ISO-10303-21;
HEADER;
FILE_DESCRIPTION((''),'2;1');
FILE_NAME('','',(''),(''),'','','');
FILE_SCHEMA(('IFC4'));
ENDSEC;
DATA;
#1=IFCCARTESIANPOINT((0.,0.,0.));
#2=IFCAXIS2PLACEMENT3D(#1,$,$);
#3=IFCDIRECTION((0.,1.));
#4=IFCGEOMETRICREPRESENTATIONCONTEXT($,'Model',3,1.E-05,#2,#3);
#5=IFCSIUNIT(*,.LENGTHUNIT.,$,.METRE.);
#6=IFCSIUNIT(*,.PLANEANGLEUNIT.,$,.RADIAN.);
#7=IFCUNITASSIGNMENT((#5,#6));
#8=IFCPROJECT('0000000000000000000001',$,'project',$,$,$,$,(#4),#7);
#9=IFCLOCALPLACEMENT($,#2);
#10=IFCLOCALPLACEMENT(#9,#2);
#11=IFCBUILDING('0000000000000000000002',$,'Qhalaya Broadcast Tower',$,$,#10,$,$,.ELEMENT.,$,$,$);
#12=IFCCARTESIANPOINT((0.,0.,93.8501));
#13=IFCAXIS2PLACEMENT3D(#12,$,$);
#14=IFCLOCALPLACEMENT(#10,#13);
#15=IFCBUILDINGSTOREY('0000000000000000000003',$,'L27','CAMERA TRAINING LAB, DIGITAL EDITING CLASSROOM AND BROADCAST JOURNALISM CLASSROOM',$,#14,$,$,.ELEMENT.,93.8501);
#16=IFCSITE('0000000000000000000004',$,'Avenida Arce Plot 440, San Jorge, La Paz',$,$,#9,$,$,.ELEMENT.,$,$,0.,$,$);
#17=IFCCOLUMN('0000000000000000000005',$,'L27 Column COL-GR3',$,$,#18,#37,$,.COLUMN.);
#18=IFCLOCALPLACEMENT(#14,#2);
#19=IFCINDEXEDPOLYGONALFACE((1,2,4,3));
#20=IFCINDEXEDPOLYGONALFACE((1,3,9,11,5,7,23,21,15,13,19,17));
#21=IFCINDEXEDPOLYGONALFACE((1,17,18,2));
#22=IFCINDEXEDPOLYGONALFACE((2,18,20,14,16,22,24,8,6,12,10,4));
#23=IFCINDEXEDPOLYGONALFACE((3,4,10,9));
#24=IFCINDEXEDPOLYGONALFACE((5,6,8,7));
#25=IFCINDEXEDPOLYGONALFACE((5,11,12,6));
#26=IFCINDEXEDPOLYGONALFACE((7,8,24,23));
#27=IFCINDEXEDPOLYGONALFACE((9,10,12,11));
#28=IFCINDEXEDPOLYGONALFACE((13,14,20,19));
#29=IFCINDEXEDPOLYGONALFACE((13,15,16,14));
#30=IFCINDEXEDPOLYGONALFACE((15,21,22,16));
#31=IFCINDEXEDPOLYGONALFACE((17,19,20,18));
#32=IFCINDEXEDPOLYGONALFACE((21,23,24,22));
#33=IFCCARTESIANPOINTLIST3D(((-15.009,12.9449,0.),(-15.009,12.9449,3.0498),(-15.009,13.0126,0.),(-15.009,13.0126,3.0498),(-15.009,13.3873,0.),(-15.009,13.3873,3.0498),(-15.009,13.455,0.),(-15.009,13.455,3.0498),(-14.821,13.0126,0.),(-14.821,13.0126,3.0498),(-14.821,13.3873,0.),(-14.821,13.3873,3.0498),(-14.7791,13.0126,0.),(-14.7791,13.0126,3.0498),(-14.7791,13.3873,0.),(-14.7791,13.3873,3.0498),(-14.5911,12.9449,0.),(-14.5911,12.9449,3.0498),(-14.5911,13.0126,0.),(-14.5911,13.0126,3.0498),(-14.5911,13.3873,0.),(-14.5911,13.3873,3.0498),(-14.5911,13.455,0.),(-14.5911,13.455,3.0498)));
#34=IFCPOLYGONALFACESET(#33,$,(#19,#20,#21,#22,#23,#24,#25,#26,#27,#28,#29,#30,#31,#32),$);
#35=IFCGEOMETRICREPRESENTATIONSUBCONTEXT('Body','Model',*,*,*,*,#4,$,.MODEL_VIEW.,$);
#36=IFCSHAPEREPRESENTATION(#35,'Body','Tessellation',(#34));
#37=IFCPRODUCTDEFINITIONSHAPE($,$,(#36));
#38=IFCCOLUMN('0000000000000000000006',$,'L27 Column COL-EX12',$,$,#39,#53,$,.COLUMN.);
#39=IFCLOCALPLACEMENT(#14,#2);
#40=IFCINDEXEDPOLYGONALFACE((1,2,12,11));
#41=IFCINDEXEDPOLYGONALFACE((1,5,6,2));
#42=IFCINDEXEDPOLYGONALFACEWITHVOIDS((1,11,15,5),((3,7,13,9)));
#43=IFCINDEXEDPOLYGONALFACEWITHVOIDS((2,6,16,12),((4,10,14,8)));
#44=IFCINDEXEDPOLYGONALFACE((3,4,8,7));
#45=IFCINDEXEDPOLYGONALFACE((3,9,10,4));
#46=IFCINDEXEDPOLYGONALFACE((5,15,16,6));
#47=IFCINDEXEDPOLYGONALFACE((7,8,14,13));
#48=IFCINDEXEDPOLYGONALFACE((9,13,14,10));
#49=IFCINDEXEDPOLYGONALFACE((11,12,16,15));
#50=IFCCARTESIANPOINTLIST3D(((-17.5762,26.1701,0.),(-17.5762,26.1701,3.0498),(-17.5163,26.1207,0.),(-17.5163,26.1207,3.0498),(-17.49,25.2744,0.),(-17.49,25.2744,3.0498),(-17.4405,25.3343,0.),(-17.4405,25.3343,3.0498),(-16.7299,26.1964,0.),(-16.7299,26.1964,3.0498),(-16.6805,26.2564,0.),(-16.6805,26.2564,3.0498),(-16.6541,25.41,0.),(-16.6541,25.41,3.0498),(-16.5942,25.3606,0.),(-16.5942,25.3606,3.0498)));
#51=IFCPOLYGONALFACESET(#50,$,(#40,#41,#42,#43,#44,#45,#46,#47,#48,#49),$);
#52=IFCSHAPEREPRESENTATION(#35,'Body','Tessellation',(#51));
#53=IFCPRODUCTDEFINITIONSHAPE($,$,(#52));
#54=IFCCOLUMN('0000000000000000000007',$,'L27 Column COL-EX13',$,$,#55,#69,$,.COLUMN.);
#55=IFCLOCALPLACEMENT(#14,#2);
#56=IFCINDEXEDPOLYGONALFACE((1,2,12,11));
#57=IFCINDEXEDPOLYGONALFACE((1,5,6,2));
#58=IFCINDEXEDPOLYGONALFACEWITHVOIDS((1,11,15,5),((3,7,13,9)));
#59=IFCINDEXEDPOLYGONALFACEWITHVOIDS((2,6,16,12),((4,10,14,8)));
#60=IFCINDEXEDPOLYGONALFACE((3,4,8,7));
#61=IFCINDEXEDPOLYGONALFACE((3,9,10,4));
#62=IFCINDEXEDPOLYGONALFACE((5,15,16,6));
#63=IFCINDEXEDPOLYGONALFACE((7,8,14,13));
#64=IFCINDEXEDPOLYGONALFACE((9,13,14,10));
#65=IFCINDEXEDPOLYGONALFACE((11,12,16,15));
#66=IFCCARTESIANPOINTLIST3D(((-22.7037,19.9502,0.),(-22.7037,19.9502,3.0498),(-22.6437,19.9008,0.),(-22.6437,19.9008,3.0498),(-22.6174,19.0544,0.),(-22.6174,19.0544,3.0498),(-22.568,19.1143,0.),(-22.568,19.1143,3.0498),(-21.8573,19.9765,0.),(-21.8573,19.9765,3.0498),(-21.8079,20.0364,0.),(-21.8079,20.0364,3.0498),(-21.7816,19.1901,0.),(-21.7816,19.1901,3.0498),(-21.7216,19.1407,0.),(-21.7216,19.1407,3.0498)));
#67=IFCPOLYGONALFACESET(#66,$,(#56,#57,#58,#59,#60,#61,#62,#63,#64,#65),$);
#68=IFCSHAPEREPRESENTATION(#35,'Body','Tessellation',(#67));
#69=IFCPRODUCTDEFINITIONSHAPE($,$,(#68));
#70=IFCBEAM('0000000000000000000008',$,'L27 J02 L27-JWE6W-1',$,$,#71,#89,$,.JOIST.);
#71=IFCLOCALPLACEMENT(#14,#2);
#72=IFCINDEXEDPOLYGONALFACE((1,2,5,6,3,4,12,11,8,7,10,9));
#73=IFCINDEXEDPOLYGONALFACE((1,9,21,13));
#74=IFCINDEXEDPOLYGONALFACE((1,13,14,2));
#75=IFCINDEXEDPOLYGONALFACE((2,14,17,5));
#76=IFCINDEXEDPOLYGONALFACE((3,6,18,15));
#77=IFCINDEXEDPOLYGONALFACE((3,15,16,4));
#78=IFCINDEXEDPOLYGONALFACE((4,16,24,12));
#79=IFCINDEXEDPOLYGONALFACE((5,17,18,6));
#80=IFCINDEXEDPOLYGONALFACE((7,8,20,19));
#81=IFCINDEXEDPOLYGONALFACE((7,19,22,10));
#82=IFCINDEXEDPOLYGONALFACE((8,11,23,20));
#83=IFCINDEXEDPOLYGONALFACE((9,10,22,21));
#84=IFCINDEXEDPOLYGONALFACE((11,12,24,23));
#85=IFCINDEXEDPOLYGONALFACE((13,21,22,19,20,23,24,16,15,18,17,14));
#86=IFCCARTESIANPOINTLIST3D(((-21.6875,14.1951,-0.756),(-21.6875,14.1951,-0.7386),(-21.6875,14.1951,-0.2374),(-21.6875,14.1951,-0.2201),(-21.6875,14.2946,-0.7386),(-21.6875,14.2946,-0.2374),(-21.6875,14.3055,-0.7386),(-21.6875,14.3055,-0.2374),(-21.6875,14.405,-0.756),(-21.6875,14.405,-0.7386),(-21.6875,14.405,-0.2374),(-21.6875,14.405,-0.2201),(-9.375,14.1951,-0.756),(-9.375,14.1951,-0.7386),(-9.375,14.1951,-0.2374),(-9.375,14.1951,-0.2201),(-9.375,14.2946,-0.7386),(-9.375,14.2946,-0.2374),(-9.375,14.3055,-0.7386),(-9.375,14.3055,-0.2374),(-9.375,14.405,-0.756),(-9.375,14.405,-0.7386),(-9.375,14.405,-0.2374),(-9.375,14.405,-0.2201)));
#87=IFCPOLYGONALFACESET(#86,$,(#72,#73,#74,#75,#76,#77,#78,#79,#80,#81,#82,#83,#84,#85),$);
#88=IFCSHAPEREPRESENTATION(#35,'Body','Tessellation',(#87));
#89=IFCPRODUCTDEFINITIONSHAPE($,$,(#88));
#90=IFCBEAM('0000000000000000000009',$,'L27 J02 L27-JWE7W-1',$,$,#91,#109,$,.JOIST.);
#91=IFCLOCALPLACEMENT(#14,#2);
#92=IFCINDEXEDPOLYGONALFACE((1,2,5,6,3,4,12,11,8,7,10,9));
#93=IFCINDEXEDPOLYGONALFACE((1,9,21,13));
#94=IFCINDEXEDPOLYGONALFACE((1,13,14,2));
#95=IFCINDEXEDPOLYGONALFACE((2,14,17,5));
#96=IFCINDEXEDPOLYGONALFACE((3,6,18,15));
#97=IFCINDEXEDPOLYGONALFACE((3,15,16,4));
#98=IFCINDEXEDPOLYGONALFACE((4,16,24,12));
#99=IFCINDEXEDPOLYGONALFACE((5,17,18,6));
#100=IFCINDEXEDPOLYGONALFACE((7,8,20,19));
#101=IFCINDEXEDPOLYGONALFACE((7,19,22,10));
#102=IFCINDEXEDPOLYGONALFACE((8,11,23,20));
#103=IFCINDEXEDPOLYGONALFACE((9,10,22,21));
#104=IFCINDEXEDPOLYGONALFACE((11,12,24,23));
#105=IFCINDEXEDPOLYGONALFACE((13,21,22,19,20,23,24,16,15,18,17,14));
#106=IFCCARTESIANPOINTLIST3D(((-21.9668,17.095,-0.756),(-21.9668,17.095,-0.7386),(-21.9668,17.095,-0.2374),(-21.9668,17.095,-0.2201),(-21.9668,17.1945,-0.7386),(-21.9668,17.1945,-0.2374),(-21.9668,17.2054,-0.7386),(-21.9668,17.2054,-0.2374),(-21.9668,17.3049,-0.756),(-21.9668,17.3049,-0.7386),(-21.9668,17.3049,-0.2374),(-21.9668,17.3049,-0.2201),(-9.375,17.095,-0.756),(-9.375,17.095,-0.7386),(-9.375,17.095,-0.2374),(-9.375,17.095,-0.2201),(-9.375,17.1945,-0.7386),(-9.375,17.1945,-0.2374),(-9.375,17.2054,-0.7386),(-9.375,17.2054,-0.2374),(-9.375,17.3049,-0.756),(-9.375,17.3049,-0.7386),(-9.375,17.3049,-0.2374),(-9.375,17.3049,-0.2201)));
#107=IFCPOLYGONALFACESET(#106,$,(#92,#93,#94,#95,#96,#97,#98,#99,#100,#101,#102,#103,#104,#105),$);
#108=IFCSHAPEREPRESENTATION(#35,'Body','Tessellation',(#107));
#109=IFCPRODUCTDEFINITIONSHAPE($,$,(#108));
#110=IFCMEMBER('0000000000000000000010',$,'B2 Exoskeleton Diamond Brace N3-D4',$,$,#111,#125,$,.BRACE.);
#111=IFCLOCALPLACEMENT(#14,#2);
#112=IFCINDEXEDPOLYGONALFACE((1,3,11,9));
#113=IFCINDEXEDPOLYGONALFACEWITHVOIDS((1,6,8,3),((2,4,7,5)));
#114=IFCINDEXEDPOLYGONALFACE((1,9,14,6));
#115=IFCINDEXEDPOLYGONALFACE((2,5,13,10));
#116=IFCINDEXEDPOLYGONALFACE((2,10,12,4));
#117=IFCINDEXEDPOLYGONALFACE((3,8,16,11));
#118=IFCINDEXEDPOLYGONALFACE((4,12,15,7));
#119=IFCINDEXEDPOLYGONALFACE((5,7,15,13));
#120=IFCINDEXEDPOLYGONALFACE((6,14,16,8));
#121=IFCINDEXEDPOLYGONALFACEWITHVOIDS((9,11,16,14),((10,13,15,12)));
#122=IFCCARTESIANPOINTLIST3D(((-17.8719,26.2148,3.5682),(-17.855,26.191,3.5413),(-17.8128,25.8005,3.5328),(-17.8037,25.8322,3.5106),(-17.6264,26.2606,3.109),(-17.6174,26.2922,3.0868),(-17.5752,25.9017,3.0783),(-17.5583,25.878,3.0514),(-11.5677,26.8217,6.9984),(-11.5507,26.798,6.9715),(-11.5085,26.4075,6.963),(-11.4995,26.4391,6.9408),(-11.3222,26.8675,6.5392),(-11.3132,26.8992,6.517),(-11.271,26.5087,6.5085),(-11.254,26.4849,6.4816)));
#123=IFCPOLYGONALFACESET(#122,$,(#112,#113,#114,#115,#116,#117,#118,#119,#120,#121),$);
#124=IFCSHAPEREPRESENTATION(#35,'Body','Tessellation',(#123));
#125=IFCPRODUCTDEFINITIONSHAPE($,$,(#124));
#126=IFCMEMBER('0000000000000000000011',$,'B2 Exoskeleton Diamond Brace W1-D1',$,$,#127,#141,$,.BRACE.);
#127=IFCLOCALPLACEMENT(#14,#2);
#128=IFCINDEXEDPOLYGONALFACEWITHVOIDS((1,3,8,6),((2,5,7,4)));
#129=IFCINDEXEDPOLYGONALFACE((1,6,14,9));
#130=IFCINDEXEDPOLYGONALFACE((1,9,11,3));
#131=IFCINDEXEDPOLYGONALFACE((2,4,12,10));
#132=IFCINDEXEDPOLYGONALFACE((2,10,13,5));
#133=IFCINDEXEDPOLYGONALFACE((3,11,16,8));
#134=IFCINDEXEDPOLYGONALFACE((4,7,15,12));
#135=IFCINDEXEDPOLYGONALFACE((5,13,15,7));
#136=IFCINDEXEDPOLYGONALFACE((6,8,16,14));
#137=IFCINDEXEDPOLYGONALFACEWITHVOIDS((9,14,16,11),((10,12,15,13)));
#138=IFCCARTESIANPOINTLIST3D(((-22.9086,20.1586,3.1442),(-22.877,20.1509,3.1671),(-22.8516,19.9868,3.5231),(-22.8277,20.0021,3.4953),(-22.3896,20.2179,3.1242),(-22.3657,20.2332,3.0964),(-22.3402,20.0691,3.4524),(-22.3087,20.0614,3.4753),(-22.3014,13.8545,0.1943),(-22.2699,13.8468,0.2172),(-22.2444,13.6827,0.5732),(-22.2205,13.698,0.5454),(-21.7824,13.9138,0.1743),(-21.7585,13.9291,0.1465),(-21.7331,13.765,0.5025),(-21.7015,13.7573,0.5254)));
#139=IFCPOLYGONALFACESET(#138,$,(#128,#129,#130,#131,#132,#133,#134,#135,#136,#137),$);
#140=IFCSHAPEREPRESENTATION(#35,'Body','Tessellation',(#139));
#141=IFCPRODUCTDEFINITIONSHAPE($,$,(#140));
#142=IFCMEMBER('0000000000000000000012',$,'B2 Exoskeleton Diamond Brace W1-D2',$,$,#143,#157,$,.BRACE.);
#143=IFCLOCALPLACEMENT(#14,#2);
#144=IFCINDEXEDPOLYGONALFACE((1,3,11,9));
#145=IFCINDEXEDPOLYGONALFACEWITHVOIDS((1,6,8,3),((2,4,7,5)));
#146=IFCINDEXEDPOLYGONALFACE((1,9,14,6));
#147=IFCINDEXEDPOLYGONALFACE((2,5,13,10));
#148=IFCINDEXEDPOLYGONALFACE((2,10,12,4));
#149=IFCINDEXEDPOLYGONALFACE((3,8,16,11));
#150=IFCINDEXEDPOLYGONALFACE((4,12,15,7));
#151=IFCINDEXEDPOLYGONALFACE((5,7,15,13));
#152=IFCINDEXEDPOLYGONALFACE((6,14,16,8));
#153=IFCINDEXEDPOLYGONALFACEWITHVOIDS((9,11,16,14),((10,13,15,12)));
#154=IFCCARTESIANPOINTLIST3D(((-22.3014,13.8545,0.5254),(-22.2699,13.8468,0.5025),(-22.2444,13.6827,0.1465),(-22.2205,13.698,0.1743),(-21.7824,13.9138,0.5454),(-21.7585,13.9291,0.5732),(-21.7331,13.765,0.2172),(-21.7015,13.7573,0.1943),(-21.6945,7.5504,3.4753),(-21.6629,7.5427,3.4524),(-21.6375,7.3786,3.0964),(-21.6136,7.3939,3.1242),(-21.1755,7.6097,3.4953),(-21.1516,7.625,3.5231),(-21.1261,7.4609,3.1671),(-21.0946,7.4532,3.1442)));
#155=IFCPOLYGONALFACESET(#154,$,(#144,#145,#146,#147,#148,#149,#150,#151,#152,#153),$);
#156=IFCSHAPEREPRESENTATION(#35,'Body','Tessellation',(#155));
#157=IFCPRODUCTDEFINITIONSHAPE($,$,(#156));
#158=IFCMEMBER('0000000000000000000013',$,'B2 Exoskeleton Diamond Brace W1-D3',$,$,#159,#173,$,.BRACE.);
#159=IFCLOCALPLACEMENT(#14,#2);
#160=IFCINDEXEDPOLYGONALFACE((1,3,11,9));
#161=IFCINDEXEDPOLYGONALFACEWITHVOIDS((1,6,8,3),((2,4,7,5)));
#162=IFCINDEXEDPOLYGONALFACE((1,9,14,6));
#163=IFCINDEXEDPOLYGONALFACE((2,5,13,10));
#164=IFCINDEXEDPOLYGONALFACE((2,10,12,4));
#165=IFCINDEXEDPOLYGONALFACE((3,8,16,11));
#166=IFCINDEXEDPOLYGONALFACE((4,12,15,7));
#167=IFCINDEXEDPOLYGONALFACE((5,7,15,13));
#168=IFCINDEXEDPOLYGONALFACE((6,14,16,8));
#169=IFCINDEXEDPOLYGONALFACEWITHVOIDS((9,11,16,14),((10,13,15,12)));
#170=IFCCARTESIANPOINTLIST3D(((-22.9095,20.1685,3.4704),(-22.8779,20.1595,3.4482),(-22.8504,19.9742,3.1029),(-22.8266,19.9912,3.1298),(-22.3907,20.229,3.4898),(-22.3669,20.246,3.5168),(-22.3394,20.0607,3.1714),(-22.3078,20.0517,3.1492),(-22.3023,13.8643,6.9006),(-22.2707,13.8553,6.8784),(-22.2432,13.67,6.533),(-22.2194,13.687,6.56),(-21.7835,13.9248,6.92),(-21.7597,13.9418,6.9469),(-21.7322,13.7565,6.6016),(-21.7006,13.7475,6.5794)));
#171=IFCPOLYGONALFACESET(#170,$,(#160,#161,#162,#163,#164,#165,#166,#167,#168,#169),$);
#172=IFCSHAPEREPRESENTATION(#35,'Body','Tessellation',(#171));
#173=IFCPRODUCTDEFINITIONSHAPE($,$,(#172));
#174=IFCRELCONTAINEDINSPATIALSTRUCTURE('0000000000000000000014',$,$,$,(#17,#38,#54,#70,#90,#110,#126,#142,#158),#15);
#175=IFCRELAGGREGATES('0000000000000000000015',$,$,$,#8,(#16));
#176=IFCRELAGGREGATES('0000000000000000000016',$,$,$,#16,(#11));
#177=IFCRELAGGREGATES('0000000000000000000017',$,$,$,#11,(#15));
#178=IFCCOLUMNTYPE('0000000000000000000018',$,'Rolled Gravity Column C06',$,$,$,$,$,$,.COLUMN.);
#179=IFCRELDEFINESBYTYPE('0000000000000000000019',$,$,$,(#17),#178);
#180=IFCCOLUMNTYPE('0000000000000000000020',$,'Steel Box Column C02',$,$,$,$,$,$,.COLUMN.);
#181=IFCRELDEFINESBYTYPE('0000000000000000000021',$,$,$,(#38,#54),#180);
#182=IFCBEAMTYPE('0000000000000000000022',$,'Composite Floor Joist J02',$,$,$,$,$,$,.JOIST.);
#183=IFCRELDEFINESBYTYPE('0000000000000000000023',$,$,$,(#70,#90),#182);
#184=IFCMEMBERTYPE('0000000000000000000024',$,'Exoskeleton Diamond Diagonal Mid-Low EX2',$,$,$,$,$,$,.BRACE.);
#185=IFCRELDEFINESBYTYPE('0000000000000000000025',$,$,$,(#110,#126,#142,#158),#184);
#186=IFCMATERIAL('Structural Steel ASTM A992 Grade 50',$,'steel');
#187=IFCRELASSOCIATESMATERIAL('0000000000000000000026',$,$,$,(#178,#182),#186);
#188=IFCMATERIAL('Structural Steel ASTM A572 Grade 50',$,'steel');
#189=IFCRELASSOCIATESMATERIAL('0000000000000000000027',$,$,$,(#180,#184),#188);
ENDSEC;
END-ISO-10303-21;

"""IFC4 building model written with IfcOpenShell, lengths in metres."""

from ifc_helpers import new_model, si_unit, direction, frame, origin, origin_2d, place, context, subcontext, project, spatial, hollow_rectangle, i_section, extrude, material, material_profile, profile_set, type_object, element, save


model = new_model("IFC4")

# Units and contexts
model_context = context("Model", 3, precision=1e-05, world=origin(), true_north=direction((0.0, 1.0)))
body_context = subcontext(model_context, "Body", "Model", "MODEL_VIEW")
ifc_project = project(units=[si_unit("LENGTHUNIT", "METRE"), si_unit("PLANEANGLEUNIT", "RADIAN")], contexts=[model_context])

# Site, building, storey
site_placement = place(None, origin())
site = spatial("IfcSite", under=ifc_project, at=site_placement, Name="Avenida Arce Plot 440, San Jorge, La Paz", CompositionType="ELEMENT", RefElevation=0.0)
building_placement = place(site_placement, origin())
building = spatial("IfcBuilding", under=site, at=building_placement, Name="Qhalaya Broadcast Tower", CompositionType="ELEMENT")
storey_placement = place(building_placement, frame((0.0, 0.0, 93.8501)))
storey = spatial("IfcBuildingStorey", under=building, at=storey_placement, Name="L27", Description="CAMERA TRAINING LAB, DIGITAL EDITING CLASSROOM AND BROADCAST JOURNALISM CLASSROOM", CompositionType="ELEMENT", Elevation=93.8501)

# Columns
ifc_material_1 = material(Name="Structural Steel ASTM A992 Grade 50", Category="steel")
ifc_material_profile_1 = material_profile(ifc_material_1, i_section(OverallWidth=0.418, OverallDepth=0.51, WebThickness=0.042, FlangeThickness=0.0676, at=origin_2d()), Name="W14X370")
ifc_profile_set_1 = profile_set([ifc_material_profile_1], Name="Structural Steel ASTM A992 Grade 50")
column_type_1 = type_object("IfcColumnType", Name="Rolled Gravity Column C06", PredefinedType="COLUMN", material=ifc_profile_set_1)
column_placement = place(storey_placement, frame((-14.8, 13.2, 0.0), z_axis=(0.0, 0.0, 1.0), x_axis=(1.0, 0.0, 0.0)))
element("IfcColumn", 1, at=column_placement, inside=storey, type_object=column_type_1, Name="L27 Column COL-GR3", PredefinedType="COLUMN", context=body_context, shape_type="SweptSolid", body=[
    extrude(i_section(OverallWidth=0.418, OverallDepth=0.51, WebThickness=0.042, FlangeThickness=0.0676, at=origin_2d()), origin(), (0.0, 0.0, 1.0), 3.0498),
])
ifc_material_2 = material(Name="Structural Steel ASTM A572 Grade 50", Category="steel")
ifc_material_profile_2 = material_profile(ifc_material_2, hollow_rectangle(XDim=0.8999, YDim=0.8999, WallThickness=0.0549, at=origin_2d()), Name="BOX 900x900x55")
ifc_profile_set_2 = profile_set([ifc_material_profile_2], Name="Structural Steel ASTM A572 Grade 50")
column_type_2 = type_object("IfcColumnType", Name="Steel Box Column C02", PredefinedType="COLUMN", material=ifc_profile_set_2)
for number, where, z_axis, x_axis, name in (
    (2, (-17.0852, 25.7654, 0.0), (0.0, 0.0, 1.0), (0.995396, 0.095846, 0.0), "L27 Column COL-EX12"),
    (3, (-22.2126, 19.5454, 0.0), (0.0, 0.0, 1.0), (-0.095846, 0.995396, 0.0), "L27 Column COL-EX13"),
):
    element("IfcColumn", number, at=place(storey_placement, frame(where, z_axis=z_axis, x_axis=x_axis)), inside=storey, type_object=column_type_2, Name=name, PredefinedType="COLUMN", context=body_context, shape_type="SweptSolid", body=[
        extrude(hollow_rectangle(XDim=0.8999, YDim=0.8999, WallThickness=0.0549, at=origin_2d()), origin(), (0.0, 0.0, 1.0), 3.0498),
    ])

# Beams
ifc_material_profile_3 = material_profile(ifc_material_1, i_section(OverallWidth=0.21, OverallDepth=0.5359, WebThickness=0.011, FlangeThickness=0.0173, at=origin_2d()), Name="W21X68")
ifc_profile_set_3 = profile_set([ifc_material_profile_3], Name="Structural Steel ASTM A992 Grade 50")
beam_type_1 = type_object("IfcBeamType", Name="Composite Floor Joist J02", PredefinedType="JOIST", material=ifc_profile_set_3)
beam_1_placement = place(storey_placement, frame((-21.6875, 14.3, -0.488), z_axis=(1.0, 0.0, 0.0), x_axis=(0.0, 1.0, 0.0)))
element("IfcBeam", 4, at=beam_1_placement, inside=storey, type_object=beam_type_1, Name="L27 J02 L27-JWE6W-1", PredefinedType="JOIST", context=body_context, shape_type="SweptSolid", body=[
    extrude(i_section(OverallWidth=0.21, OverallDepth=0.5359, WebThickness=0.011, FlangeThickness=0.0173, at=origin_2d()), origin(), (0.0, 0.0, 1.0), 12.3125),
])
beam_2_placement = place(storey_placement, frame((-21.9668, 17.2, -0.488), z_axis=(1.0, 0.0, 0.0), x_axis=(0.0, 1.0, 0.0)))
element("IfcBeam", 5, at=beam_2_placement, inside=storey, type_object=beam_type_1, Name="L27 J02 L27-JWE7W-1", PredefinedType="JOIST", context=body_context, shape_type="SweptSolid", body=[
    extrude(i_section(OverallWidth=0.21, OverallDepth=0.5359, WebThickness=0.011, FlangeThickness=0.0173, at=origin_2d()), origin(), (0.0, 0.0, 1.0), 12.5918),
])

# Members
ifc_material_profile_4 = material_profile(ifc_material_2, hollow_rectangle(XDim=0.4199, YDim=0.55, WallThickness=0.0281, at=origin_2d()), Name="BOX 420x550x28")
ifc_profile_set_4 = profile_set([ifc_material_profile_4], Name="Structural Steel ASTM A572 Grade 50")
member_type = type_object("IfcMemberType", Name="Exoskeleton Diamond Diagonal Mid-Low EX2", PredefinedType="BRACE", material=ifc_profile_set_4)
member_1_placement = place(storey_placement, frame((-17.7151, 26.0464, 3.3098), z_axis=(0.875268, 0.084266, 0.476242), x_axis=(-0.140826, 0.986441, 0.084279)))
element("IfcMember", 6, at=member_1_placement, inside=storey, type_object=member_type, Name="B2 Exoskeleton Diamond Brace N3-D4", PredefinedType="BRACE", context=body_context, shape_type="SweptSolid", body=[
    extrude(hollow_rectangle(XDim=0.4199, YDim=0.55, WallThickness=0.0281, at=origin_2d()), origin(), (0.0, 0.0, 1.0), 7.2026),
])
for number, where, z_axis, x_axis, name in (
    (7, (-22.0015, 13.8059, 0.3599), (-0.086905, 0.902316, 0.422225), (0.135696, -0.409156, 0.902318), "B2 Exoskeleton Diamond Brace W1-D1"),
    (8, (-22.0015, 13.8059, 0.3599), (0.08687, -0.902319, 0.422226), (-0.135681, 0.409163, 0.902317), "B2 Exoskeleton Diamond Brace W1-D2"),
):
    element("IfcMember", number, at=place(storey_placement, frame(where, z_axis=z_axis, x_axis=x_axis)), inside=storey, type_object=member_type, Name=name, PredefinedType="BRACE", context=body_context, shape_type="SweptSolid", body=[
        extrude(hollow_rectangle(XDim=0.4199, YDim=0.55, WallThickness=0.0281, at=origin_2d()), origin(), (0.0, 0.0, 1.0), 6.9866),
    ])
member_2_placement = place(storey_placement, frame((-22.6086, 20.1101, 3.3098), z_axis=(0.0843, -0.875265, 0.47624), x_axis=(-0.140851, 0.462675, 0.875267)))
element("IfcMember", 9, at=member_2_placement, inside=storey, type_object=member_type, Name="B2 Exoskeleton Diamond Brace W1-D3", PredefinedType="BRACE", context=body_context, shape_type="SweptSolid", body=[
    extrude(hollow_rectangle(XDim=0.4199, YDim=0.55, WallThickness=0.0281, at=origin_2d()), origin(), (0.0, 0.0, 1.0), 7.2026),
])

save(model, "model.ifc")
